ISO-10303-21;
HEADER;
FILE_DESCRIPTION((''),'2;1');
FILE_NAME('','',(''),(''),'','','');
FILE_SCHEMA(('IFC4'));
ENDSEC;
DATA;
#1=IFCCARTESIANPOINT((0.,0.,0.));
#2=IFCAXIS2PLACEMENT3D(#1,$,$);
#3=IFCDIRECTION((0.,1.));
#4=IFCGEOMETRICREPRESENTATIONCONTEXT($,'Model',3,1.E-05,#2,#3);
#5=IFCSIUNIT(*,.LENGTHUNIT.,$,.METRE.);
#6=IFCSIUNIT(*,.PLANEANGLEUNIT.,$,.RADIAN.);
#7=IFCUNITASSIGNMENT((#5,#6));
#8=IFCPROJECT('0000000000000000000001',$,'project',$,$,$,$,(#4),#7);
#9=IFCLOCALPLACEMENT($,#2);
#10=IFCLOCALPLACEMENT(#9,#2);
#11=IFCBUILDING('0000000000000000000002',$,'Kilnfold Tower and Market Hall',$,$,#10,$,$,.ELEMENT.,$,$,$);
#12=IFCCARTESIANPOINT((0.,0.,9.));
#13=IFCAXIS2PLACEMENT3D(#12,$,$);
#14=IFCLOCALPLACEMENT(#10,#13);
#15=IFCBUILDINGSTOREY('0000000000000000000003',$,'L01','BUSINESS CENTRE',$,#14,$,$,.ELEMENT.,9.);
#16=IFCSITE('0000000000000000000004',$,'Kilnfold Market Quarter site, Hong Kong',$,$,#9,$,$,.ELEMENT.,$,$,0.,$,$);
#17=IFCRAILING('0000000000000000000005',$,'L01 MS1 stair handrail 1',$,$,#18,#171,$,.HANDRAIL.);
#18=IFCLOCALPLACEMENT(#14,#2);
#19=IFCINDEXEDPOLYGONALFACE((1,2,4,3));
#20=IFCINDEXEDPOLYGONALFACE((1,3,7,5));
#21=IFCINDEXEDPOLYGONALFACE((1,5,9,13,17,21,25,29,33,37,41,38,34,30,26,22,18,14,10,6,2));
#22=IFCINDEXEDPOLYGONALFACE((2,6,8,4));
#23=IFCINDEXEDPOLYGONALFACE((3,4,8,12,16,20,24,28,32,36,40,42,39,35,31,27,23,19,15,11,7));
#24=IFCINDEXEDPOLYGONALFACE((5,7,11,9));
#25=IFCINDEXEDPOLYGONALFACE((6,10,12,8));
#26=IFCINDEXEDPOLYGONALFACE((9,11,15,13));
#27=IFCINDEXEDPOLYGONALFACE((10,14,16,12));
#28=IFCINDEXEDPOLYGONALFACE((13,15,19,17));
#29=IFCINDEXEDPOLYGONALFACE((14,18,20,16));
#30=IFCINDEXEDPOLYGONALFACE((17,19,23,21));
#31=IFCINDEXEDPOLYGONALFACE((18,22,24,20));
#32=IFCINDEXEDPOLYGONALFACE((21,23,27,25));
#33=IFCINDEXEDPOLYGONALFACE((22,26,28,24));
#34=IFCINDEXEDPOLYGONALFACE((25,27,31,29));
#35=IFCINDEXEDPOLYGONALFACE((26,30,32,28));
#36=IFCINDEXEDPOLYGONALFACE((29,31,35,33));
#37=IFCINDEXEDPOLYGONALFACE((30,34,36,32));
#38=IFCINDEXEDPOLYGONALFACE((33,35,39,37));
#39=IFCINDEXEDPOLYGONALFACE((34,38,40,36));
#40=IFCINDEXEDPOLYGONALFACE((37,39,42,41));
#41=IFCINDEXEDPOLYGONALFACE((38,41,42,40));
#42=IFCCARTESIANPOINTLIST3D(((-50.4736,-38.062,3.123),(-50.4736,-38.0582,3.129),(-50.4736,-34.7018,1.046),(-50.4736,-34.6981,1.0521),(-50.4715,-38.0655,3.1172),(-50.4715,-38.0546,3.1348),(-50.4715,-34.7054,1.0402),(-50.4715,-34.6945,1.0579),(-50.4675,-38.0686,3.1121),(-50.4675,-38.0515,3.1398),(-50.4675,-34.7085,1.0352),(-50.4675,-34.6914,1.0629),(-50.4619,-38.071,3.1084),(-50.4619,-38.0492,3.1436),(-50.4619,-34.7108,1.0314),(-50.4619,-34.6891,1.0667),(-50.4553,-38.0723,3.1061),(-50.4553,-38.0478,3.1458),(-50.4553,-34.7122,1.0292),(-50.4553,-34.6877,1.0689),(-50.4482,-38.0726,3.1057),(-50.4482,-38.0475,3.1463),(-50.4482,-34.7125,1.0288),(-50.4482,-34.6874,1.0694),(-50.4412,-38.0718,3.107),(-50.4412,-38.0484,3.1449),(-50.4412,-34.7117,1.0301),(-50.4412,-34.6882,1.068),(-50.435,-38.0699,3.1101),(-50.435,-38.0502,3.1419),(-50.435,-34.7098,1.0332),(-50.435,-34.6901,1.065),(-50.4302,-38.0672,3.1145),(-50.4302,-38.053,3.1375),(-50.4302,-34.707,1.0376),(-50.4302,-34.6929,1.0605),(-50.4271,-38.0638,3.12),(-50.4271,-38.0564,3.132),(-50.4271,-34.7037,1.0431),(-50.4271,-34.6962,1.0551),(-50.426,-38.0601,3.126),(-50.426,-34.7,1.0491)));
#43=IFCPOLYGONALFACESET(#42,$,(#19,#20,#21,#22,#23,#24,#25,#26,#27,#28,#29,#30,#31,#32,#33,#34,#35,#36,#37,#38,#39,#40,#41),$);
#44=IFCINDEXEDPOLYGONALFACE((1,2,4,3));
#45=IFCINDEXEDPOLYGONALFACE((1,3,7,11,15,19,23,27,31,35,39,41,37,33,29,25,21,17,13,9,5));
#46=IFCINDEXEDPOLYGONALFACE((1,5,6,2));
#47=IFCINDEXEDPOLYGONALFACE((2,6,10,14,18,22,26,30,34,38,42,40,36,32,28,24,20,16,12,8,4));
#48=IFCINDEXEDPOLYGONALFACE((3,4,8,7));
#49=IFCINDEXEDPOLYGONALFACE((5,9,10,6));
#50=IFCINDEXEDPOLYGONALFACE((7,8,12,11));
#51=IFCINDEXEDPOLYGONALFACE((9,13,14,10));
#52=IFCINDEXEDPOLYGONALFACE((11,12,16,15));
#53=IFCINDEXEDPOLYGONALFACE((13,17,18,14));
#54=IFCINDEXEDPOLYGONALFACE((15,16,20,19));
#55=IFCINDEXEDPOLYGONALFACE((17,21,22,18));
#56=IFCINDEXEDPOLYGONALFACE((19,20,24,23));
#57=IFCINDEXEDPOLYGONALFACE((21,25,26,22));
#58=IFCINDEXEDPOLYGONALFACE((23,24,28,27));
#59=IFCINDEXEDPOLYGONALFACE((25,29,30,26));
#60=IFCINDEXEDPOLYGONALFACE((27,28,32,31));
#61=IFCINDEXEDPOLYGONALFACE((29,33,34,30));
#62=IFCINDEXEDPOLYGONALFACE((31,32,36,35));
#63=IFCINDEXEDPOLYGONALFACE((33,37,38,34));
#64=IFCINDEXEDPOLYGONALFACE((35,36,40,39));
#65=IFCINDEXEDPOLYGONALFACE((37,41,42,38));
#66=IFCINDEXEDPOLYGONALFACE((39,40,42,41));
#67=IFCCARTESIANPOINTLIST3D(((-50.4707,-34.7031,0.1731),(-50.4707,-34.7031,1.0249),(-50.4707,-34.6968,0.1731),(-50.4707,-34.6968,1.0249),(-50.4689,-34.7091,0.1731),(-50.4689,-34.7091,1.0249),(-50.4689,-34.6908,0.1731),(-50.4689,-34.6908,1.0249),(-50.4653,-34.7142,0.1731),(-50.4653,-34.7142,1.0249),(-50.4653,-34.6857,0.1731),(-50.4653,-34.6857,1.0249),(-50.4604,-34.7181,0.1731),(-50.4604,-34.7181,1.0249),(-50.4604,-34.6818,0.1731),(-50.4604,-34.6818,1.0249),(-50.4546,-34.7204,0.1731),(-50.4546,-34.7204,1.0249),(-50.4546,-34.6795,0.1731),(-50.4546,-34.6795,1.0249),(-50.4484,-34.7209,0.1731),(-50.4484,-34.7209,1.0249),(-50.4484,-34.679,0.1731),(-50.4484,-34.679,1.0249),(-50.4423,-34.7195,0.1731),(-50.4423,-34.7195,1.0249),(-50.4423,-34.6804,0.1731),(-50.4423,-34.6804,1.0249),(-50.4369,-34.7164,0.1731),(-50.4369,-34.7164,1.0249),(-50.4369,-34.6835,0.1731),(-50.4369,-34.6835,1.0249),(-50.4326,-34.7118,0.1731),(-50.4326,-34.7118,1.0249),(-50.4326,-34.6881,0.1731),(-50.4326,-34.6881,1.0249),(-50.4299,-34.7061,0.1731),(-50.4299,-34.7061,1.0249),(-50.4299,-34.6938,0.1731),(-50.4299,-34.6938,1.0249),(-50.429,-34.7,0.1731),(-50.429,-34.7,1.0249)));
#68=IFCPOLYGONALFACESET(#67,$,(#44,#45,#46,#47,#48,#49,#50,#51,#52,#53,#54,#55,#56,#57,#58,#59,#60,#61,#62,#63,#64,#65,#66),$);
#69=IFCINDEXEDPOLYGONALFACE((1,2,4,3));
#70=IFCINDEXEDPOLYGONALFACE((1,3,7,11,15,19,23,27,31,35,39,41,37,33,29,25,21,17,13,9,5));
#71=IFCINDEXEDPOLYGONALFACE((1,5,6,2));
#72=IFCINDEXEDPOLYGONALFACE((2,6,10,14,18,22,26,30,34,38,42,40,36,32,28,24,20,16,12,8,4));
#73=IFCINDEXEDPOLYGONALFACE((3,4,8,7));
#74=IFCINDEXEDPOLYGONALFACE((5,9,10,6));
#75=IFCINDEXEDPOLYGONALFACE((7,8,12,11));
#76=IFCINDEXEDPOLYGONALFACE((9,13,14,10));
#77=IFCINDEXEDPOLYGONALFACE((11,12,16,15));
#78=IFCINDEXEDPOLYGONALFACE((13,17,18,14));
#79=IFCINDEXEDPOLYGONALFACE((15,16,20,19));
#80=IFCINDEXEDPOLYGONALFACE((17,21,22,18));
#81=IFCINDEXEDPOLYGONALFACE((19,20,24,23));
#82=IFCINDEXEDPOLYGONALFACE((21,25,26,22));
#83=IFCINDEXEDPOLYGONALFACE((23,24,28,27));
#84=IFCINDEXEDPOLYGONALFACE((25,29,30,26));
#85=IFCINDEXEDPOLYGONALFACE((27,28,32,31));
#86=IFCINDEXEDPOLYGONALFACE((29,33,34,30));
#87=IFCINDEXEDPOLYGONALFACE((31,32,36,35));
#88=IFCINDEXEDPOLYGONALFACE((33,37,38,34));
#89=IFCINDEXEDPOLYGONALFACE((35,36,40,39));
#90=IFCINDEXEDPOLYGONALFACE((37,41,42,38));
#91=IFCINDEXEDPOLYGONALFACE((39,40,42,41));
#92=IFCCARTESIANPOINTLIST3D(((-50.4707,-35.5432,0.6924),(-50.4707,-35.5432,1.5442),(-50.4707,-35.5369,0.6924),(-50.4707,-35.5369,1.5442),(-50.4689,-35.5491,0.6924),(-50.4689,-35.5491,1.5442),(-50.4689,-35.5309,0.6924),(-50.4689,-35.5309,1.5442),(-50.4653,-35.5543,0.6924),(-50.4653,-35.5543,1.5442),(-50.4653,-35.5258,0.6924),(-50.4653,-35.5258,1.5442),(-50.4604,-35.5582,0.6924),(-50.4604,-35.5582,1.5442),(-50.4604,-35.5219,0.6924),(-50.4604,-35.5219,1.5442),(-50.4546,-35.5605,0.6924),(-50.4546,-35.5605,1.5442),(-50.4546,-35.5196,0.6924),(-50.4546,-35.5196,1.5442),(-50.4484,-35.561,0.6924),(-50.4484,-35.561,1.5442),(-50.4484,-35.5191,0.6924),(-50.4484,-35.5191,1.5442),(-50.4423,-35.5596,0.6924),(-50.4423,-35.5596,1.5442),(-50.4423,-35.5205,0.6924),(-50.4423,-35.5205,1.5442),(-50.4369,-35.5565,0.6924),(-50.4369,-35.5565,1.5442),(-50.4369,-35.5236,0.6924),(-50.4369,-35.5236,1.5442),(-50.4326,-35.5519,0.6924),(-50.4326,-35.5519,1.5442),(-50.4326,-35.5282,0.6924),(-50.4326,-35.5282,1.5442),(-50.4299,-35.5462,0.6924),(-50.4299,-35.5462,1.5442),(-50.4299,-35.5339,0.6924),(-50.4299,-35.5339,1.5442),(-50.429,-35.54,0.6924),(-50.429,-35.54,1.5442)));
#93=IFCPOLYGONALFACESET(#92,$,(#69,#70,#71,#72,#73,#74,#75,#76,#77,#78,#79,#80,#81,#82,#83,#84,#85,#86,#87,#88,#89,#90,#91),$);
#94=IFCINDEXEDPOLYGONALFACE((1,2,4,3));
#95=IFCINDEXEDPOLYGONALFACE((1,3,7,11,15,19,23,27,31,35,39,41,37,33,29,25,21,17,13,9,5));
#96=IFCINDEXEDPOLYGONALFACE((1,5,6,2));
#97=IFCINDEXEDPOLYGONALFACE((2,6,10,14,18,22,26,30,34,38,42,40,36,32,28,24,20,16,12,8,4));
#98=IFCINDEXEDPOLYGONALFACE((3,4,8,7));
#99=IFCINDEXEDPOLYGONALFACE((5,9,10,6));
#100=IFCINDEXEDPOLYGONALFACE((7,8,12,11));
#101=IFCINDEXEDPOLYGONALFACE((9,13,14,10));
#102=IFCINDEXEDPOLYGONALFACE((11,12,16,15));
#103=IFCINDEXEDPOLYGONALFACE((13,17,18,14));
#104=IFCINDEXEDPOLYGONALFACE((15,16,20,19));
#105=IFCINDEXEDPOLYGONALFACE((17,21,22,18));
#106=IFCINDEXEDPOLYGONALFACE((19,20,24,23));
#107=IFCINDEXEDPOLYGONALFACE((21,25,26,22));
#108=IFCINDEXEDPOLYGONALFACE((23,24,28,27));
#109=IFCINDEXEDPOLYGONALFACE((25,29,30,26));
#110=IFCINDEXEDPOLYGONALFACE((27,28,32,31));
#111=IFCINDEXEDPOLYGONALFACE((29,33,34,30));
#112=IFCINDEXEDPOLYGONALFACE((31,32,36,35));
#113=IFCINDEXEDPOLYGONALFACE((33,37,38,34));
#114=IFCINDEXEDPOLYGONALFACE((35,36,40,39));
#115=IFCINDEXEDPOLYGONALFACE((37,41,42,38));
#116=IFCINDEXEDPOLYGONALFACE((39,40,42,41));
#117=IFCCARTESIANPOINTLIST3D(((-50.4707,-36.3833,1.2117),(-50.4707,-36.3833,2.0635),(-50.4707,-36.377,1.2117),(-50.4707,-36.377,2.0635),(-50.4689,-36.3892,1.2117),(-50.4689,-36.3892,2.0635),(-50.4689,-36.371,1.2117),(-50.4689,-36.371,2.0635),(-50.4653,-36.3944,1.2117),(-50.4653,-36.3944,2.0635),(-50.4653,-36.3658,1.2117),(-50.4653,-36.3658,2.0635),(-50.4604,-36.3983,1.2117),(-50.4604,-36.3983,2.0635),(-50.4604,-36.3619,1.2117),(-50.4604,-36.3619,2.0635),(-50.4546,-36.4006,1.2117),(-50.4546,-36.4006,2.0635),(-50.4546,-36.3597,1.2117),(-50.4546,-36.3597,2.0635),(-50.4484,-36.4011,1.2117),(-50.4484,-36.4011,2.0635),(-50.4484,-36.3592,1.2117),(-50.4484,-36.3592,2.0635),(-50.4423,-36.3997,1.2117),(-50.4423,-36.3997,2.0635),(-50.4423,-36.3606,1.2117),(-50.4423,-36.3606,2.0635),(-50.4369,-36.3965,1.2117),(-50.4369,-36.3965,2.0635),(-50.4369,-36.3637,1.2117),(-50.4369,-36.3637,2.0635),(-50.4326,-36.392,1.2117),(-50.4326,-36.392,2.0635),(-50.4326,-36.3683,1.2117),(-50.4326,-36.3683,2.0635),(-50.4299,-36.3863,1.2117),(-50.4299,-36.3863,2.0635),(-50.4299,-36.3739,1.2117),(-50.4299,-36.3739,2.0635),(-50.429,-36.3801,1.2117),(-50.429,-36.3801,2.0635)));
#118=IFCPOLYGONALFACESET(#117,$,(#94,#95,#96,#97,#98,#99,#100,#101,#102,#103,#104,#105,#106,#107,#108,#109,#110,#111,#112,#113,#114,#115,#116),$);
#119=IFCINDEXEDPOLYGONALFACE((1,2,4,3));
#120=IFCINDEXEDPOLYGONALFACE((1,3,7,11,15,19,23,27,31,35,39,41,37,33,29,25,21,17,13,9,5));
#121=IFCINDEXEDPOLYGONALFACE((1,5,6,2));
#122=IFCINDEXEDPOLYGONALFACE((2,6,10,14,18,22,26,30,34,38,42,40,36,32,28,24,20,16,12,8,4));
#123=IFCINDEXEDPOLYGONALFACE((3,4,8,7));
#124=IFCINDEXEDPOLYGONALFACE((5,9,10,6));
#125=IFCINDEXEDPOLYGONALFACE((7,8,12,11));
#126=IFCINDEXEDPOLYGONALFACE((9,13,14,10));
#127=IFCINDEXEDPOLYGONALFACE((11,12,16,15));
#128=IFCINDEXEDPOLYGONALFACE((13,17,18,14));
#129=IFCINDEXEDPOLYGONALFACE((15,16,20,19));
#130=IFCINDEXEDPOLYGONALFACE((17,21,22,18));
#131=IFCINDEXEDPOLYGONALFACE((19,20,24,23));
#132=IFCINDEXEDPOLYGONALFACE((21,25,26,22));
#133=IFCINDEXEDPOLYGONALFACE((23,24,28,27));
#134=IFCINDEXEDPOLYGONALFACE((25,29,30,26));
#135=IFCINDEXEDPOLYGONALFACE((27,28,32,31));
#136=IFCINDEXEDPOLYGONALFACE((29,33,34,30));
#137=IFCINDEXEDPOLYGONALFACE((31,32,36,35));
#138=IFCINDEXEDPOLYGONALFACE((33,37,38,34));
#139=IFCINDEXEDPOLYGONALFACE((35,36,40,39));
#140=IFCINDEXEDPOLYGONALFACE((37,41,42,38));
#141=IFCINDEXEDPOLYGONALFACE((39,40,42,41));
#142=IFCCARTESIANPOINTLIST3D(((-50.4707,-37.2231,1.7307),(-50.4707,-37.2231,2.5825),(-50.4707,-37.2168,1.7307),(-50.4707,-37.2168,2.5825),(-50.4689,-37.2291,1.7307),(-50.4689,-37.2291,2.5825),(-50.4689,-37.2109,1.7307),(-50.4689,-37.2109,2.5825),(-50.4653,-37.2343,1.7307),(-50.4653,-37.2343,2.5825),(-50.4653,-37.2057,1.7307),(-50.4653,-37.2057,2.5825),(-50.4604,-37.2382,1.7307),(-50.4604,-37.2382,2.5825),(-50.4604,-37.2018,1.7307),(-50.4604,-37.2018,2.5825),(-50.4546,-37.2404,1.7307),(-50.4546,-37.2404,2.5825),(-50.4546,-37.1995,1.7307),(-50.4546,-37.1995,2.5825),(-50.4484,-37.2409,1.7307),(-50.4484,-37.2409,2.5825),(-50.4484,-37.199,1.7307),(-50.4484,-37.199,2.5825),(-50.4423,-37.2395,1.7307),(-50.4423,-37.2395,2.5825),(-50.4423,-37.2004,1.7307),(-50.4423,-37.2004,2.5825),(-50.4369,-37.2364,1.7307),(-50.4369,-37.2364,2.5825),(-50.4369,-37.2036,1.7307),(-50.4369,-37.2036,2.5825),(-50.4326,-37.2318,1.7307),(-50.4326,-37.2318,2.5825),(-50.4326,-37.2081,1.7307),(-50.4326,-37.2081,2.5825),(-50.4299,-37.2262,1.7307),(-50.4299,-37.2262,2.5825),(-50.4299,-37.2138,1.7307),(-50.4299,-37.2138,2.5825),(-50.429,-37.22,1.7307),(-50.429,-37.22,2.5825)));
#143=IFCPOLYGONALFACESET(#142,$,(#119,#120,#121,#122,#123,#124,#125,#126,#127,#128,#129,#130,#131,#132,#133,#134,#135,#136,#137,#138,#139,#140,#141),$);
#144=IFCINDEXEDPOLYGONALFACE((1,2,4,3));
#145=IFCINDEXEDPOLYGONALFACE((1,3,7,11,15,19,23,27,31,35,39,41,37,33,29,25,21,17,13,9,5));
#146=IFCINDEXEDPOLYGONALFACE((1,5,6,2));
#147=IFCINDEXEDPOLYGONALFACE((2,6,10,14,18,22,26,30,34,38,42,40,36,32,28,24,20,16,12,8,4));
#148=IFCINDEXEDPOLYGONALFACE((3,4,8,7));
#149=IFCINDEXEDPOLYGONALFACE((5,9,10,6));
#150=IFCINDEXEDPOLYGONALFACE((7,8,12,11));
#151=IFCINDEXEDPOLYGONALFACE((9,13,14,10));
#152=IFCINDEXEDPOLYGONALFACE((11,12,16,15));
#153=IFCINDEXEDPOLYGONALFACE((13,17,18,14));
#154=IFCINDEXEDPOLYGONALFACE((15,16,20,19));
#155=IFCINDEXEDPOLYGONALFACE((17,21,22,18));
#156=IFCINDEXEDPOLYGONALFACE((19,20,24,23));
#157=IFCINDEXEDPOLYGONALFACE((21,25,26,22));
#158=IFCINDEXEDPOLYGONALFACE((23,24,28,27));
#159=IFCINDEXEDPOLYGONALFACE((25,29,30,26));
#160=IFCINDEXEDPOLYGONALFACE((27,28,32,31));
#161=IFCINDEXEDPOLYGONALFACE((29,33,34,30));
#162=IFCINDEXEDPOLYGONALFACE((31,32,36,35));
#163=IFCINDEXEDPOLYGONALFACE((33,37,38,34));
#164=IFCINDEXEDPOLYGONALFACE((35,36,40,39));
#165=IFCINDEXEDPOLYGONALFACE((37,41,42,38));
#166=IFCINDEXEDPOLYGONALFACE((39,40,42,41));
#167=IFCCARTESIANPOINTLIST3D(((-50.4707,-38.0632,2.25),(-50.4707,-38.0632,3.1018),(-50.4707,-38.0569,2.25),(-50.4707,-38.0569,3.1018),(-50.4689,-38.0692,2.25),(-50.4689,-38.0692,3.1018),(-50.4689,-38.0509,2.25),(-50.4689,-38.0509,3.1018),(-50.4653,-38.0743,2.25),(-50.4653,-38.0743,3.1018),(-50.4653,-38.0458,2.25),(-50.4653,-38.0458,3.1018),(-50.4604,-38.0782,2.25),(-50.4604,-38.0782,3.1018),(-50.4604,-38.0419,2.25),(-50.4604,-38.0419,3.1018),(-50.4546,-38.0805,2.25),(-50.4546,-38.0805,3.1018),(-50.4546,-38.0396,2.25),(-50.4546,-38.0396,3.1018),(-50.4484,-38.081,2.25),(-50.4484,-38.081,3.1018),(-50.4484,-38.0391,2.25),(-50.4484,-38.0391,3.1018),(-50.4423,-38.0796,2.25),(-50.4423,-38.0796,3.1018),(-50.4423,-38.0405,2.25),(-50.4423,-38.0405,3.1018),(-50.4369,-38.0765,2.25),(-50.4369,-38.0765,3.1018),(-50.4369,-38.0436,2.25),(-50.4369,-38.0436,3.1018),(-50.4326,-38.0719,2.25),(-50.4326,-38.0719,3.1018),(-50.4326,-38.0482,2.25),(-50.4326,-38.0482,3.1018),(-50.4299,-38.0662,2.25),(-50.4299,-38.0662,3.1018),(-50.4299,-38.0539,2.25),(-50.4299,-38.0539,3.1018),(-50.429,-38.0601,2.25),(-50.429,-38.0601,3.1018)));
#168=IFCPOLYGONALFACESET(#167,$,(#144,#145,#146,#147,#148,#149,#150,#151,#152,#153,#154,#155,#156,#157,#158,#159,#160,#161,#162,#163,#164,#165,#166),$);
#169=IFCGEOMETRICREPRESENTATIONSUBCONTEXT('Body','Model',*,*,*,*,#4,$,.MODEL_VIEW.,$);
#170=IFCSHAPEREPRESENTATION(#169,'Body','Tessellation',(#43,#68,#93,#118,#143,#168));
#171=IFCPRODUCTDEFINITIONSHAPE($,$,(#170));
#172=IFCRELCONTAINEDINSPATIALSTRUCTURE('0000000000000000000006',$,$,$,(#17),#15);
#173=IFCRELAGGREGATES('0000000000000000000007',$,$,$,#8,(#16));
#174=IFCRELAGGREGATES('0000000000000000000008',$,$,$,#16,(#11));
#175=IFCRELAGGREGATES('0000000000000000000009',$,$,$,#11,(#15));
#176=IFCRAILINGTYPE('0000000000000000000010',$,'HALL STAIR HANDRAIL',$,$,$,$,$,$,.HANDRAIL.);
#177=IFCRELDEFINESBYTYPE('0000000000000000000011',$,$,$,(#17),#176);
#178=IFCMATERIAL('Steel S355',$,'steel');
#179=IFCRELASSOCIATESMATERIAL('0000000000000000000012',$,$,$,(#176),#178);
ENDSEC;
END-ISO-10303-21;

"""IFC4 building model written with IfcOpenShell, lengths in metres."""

from ifc_helpers import new_model, si_unit, direction, frame, origin, origin_2d, place, context, subcontext, project, spatial, circle, extrude, material, type_object, element, save


model = new_model("IFC4")

# Units and contexts
model_context = context("Model", 3, precision=1e-05, world=origin(), true_north=direction((0.0, 1.0)))
body_context = subcontext(model_context, "Body", "Model", "MODEL_VIEW")
ifc_project = project(units=[si_unit("LENGTHUNIT", "METRE"), si_unit("PLANEANGLEUNIT", "RADIAN")], contexts=[model_context])

# Site, building, storey
site_placement = place(None, origin())
site = spatial("IfcSite", under=ifc_project, at=site_placement, Name="Kilnfold Market Quarter site, Hong Kong", CompositionType="ELEMENT", RefElevation=0.0)
building_placement = place(site_placement, origin())
building = spatial("IfcBuilding", under=site, at=building_placement, Name="Kilnfold Tower and Market Hall", CompositionType="ELEMENT")
storey_placement = place(building_placement, frame((0.0, 0.0, 9.0)))
storey = spatial("IfcBuildingStorey", under=building, at=storey_placement, Name="L01", Description="BUSINESS CENTRE", CompositionType="ELEMENT", Elevation=9.0)

# Railing
ifc_material_1 = material(Name="Steel S355", Category="steel")
railing_type_1 = type_object("IfcRailingType", Name="HALL STAIR HANDRAIL", PredefinedType="HANDRAIL", material=ifc_material_1)
railing_1_placement = place(storey_placement, frame((-50.45, -34.7, 0.1731)))
element("IfcRailing", 1, at=railing_1_placement, inside=storey, type_object=railing_type_1, Name="L01 MS1 stair handrail 1", PredefinedType="HANDRAIL", context=body_context, shape_type="SweptSolid", body=[
    extrude(circle(Radius=0.0239, at=origin_2d()), frame((0.0, 0.0, 0.876), z_axis=(0.0, -0.850623, 0.525776), x_axis=(1.0, 0.0, 0.0)), (0.0, 0.0, 1.0), 3.9502),
    extrude(circle(Radius=0.021, at=origin_2d()), origin(), (0.0, 0.0, 1.0), 0.8518),
    extrude(circle(Radius=0.021, at=origin_2d()), frame((0.0, -0.8401, 0.5193)), (0.0, 0.0, 1.0), 0.8518),
    extrude(circle(Radius=0.021, at=origin_2d()), frame((0.0, -1.6802, 1.0386)), (0.0, 0.0, 1.0), 0.8518),
    extrude(circle(Radius=0.021, at=origin_2d()), frame((0.0, -2.52, 1.5576)), (0.0, 0.0, 1.0), 0.8518),
    extrude(circle(Radius=0.021, at=origin_2d()), frame((0.0, -3.3601, 2.0769)), (0.0, 0.0, 1.0), 0.8518),
])

save(model, "model.ifc")
